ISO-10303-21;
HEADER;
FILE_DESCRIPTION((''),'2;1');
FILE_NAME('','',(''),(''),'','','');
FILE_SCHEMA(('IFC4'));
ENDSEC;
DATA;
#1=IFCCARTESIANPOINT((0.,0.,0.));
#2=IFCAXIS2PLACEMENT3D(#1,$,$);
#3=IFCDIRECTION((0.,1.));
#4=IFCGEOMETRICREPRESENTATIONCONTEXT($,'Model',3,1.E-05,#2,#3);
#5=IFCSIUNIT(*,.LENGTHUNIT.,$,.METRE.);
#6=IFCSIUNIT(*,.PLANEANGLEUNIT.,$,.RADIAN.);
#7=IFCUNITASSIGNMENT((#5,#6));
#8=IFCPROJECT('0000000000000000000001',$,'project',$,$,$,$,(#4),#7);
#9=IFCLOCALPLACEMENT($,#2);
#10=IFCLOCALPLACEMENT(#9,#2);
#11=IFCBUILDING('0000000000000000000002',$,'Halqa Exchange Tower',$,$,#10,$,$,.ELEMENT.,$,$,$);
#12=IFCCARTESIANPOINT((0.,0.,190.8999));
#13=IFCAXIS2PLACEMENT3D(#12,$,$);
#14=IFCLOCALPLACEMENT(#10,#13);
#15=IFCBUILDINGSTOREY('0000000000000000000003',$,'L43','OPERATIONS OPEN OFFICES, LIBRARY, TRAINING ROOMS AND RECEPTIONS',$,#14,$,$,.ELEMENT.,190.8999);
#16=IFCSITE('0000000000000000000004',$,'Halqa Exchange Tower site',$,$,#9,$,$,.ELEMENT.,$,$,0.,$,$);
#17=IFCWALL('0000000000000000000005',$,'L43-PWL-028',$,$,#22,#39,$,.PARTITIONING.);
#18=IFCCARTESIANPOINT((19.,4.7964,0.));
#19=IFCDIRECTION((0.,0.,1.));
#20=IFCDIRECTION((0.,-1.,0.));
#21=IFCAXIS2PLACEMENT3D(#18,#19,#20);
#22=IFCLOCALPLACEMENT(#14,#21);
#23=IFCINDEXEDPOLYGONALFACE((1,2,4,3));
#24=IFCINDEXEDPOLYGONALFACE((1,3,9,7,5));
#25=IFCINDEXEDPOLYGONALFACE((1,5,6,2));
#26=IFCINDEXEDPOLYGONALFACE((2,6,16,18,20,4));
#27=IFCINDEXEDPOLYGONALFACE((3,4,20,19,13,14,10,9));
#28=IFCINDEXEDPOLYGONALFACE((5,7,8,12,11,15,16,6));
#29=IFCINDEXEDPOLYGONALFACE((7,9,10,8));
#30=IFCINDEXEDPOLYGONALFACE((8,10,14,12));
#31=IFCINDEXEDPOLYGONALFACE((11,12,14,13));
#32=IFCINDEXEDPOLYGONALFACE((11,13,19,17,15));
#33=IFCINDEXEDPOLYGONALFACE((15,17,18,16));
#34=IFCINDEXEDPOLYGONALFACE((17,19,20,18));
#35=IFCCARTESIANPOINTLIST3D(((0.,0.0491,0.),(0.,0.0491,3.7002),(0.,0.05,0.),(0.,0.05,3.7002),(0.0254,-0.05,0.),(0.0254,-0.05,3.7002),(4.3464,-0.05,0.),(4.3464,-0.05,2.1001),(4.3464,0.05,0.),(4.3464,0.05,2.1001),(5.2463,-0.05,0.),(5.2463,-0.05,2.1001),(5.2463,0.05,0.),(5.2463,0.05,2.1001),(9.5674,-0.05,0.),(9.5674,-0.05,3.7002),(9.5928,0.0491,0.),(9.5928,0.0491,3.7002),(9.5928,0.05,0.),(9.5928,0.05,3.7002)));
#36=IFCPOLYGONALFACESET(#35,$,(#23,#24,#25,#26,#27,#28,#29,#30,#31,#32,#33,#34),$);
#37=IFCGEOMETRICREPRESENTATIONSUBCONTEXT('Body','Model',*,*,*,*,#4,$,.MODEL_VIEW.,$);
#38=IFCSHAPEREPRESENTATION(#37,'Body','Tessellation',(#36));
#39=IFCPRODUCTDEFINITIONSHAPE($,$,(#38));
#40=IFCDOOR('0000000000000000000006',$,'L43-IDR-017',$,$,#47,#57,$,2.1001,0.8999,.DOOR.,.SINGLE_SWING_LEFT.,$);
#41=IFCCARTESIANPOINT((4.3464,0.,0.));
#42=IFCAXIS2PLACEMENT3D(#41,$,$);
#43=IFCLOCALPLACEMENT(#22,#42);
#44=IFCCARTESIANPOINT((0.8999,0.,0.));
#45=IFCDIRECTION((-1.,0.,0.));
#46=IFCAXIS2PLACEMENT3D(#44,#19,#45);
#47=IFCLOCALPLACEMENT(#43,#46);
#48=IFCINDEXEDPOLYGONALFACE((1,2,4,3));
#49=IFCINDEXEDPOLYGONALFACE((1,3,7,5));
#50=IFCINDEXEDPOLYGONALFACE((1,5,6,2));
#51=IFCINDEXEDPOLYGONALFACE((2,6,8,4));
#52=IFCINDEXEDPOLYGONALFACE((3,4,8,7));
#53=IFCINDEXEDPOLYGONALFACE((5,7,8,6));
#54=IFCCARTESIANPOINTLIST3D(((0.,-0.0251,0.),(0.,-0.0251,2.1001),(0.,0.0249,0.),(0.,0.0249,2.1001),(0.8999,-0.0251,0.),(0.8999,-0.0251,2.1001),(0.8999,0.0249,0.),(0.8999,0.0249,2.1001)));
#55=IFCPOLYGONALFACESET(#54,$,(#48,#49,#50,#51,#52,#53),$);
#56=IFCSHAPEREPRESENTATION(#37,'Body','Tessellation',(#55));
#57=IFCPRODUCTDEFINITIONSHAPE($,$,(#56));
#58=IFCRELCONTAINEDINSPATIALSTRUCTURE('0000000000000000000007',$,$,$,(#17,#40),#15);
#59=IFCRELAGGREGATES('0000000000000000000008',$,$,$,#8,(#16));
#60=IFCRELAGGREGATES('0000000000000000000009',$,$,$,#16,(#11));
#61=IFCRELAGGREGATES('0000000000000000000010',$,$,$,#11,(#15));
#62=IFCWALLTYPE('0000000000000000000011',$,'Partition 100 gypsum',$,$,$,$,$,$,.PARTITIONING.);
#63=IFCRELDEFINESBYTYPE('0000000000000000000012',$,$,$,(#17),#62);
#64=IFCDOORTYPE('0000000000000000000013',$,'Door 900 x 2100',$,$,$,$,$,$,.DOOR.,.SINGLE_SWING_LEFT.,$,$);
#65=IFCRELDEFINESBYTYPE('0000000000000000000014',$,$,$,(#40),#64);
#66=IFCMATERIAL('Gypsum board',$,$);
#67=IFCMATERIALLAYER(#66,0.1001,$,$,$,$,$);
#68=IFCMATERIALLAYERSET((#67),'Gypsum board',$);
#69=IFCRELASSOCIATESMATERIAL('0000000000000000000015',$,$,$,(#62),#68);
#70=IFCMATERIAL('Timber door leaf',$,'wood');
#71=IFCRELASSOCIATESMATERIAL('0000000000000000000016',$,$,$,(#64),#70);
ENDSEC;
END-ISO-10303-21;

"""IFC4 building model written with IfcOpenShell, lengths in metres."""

from ifc_helpers import new_model, si_unit, direction, frame, frame_2d, origin, place, context, subcontext, project, spatial, polyline, rectangle, outline, extrude, material, layer, layer_set, type_object, element, fill, save


model = new_model("IFC4")

# Units and contexts
model_context = context("Model", 3, precision=1e-05, world=origin(), true_north=direction((0.0, 1.0)))
body_context = subcontext(model_context, "Body", "Model", "MODEL_VIEW")
ifc_project = project(units=[si_unit("LENGTHUNIT", "METRE"), si_unit("PLANEANGLEUNIT", "RADIAN")], contexts=[model_context])

# Site, building, storey
site_placement = place(None, origin())
site = spatial("IfcSite", under=ifc_project, at=site_placement, Name="Halqa Exchange Tower site", CompositionType="ELEMENT", RefElevation=0.0)
building_placement = place(site_placement, origin())
building = spatial("IfcBuilding", under=site, at=building_placement, Name="Halqa Exchange Tower", CompositionType="ELEMENT")
storey_placement = place(building_placement, frame((0.0, 0.0, 190.8999)))
storey = spatial("IfcBuildingStorey", under=building, at=storey_placement, Name="L43", Description="OPERATIONS OPEN OFFICES, LIBRARY, TRAINING ROOMS AND RECEPTIONS", CompositionType="ELEMENT", Elevation=190.8999)

# Wall, opening, door
ifc_material_1 = material(Name="Gypsum board")
ifc_layer_1 = layer(ifc_material_1, 0.1001)
ifc_layer_set_1 = layer_set([ifc_layer_1], Name="Gypsum board")
wall_type_1 = type_object("IfcWallType", Name="Partition 100 gypsum", PredefinedType="PARTITIONING", material=ifc_layer_set_1)
wall_1_placement = place(storey_placement, frame((19.0, 4.7964, 0.0), z_axis=(0.0, 0.0, 1.0), x_axis=(0.0, -1.0, 0.0)))
wall_1 = element("IfcWall", 1, at=wall_1_placement, inside=storey, type_object=wall_type_1, Name="L43-PWL-028", PredefinedType="PARTITIONING", context=body_context, shape_type="SweptSolid", body=[
    extrude(outline(polyline([(0.0254, -0.05), (1.9338, -0.05), (3.8423, -0.05), (5.7505, -0.05), (7.6589, -0.05), (9.5674, -0.05), (9.5928, 0.0491), (9.5928, 0.05), (7.6743, 0.05), (5.7556, 0.05), (3.8372, 0.05), (1.9185, 0.05), (0.0, 0.05), (0.0, 0.0491), (0.0254, -0.05)])), origin(), (0.0, 0.0, 1.0), 3.7002),
])
opening_1_placement = place(wall_1_placement, frame((4.3464, 0.0, 0.0)))
opening_1 = element("IfcOpeningElement", 2, at=opening_1_placement, cuts=wall_1, PredefinedType="OPENING", context=body_context, shape_type="SweptSolid", body=[
    extrude(rectangle(XDim=0.8999, YDim=2.1001, at=frame_2d((0.45, 1.05))), frame((0.0, 0.062, 0.0), z_axis=(0.0, -1.0, 0.0), x_axis=(1.0, 0.0, 0.0)), (0.0, 0.0, 1.0), 0.124),
])
ifc_material_2 = material(Name="Timber door leaf", Category="wood")
door_type = type_object("IfcDoorType", Name="Door 900 x 2100", OperationType="SINGLE_SWING_LEFT", PredefinedType="DOOR", material=ifc_material_2)
door_1_placement = place(opening_1_placement, frame((0.8999, 0.0, 0.0), z_axis=(0.0, 0.0, 1.0), x_axis=(-1.0, 0.0, 0.0)))
door_1 = element("IfcDoor", 3, at=door_1_placement, inside=storey, type_object=door_type, Name="L43-IDR-017", OperationType="SINGLE_SWING_LEFT", OverallHeight=2.1001, OverallWidth=0.8999, PredefinedType="DOOR", context=body_context, shape_type="SweptSolid", body=[
    extrude(rectangle(XDim=0.8999, YDim=2.1001, at=frame_2d((0.45, 1.05))), frame((0.0, 0.0249, 0.0), z_axis=(0.0, -1.0, 0.0), x_axis=(1.0, 0.0, 0.0)), (0.0, 0.0, 1.0), 0.05),
])
fill(opening_1, door_1)

save(model, "model.ifc")
